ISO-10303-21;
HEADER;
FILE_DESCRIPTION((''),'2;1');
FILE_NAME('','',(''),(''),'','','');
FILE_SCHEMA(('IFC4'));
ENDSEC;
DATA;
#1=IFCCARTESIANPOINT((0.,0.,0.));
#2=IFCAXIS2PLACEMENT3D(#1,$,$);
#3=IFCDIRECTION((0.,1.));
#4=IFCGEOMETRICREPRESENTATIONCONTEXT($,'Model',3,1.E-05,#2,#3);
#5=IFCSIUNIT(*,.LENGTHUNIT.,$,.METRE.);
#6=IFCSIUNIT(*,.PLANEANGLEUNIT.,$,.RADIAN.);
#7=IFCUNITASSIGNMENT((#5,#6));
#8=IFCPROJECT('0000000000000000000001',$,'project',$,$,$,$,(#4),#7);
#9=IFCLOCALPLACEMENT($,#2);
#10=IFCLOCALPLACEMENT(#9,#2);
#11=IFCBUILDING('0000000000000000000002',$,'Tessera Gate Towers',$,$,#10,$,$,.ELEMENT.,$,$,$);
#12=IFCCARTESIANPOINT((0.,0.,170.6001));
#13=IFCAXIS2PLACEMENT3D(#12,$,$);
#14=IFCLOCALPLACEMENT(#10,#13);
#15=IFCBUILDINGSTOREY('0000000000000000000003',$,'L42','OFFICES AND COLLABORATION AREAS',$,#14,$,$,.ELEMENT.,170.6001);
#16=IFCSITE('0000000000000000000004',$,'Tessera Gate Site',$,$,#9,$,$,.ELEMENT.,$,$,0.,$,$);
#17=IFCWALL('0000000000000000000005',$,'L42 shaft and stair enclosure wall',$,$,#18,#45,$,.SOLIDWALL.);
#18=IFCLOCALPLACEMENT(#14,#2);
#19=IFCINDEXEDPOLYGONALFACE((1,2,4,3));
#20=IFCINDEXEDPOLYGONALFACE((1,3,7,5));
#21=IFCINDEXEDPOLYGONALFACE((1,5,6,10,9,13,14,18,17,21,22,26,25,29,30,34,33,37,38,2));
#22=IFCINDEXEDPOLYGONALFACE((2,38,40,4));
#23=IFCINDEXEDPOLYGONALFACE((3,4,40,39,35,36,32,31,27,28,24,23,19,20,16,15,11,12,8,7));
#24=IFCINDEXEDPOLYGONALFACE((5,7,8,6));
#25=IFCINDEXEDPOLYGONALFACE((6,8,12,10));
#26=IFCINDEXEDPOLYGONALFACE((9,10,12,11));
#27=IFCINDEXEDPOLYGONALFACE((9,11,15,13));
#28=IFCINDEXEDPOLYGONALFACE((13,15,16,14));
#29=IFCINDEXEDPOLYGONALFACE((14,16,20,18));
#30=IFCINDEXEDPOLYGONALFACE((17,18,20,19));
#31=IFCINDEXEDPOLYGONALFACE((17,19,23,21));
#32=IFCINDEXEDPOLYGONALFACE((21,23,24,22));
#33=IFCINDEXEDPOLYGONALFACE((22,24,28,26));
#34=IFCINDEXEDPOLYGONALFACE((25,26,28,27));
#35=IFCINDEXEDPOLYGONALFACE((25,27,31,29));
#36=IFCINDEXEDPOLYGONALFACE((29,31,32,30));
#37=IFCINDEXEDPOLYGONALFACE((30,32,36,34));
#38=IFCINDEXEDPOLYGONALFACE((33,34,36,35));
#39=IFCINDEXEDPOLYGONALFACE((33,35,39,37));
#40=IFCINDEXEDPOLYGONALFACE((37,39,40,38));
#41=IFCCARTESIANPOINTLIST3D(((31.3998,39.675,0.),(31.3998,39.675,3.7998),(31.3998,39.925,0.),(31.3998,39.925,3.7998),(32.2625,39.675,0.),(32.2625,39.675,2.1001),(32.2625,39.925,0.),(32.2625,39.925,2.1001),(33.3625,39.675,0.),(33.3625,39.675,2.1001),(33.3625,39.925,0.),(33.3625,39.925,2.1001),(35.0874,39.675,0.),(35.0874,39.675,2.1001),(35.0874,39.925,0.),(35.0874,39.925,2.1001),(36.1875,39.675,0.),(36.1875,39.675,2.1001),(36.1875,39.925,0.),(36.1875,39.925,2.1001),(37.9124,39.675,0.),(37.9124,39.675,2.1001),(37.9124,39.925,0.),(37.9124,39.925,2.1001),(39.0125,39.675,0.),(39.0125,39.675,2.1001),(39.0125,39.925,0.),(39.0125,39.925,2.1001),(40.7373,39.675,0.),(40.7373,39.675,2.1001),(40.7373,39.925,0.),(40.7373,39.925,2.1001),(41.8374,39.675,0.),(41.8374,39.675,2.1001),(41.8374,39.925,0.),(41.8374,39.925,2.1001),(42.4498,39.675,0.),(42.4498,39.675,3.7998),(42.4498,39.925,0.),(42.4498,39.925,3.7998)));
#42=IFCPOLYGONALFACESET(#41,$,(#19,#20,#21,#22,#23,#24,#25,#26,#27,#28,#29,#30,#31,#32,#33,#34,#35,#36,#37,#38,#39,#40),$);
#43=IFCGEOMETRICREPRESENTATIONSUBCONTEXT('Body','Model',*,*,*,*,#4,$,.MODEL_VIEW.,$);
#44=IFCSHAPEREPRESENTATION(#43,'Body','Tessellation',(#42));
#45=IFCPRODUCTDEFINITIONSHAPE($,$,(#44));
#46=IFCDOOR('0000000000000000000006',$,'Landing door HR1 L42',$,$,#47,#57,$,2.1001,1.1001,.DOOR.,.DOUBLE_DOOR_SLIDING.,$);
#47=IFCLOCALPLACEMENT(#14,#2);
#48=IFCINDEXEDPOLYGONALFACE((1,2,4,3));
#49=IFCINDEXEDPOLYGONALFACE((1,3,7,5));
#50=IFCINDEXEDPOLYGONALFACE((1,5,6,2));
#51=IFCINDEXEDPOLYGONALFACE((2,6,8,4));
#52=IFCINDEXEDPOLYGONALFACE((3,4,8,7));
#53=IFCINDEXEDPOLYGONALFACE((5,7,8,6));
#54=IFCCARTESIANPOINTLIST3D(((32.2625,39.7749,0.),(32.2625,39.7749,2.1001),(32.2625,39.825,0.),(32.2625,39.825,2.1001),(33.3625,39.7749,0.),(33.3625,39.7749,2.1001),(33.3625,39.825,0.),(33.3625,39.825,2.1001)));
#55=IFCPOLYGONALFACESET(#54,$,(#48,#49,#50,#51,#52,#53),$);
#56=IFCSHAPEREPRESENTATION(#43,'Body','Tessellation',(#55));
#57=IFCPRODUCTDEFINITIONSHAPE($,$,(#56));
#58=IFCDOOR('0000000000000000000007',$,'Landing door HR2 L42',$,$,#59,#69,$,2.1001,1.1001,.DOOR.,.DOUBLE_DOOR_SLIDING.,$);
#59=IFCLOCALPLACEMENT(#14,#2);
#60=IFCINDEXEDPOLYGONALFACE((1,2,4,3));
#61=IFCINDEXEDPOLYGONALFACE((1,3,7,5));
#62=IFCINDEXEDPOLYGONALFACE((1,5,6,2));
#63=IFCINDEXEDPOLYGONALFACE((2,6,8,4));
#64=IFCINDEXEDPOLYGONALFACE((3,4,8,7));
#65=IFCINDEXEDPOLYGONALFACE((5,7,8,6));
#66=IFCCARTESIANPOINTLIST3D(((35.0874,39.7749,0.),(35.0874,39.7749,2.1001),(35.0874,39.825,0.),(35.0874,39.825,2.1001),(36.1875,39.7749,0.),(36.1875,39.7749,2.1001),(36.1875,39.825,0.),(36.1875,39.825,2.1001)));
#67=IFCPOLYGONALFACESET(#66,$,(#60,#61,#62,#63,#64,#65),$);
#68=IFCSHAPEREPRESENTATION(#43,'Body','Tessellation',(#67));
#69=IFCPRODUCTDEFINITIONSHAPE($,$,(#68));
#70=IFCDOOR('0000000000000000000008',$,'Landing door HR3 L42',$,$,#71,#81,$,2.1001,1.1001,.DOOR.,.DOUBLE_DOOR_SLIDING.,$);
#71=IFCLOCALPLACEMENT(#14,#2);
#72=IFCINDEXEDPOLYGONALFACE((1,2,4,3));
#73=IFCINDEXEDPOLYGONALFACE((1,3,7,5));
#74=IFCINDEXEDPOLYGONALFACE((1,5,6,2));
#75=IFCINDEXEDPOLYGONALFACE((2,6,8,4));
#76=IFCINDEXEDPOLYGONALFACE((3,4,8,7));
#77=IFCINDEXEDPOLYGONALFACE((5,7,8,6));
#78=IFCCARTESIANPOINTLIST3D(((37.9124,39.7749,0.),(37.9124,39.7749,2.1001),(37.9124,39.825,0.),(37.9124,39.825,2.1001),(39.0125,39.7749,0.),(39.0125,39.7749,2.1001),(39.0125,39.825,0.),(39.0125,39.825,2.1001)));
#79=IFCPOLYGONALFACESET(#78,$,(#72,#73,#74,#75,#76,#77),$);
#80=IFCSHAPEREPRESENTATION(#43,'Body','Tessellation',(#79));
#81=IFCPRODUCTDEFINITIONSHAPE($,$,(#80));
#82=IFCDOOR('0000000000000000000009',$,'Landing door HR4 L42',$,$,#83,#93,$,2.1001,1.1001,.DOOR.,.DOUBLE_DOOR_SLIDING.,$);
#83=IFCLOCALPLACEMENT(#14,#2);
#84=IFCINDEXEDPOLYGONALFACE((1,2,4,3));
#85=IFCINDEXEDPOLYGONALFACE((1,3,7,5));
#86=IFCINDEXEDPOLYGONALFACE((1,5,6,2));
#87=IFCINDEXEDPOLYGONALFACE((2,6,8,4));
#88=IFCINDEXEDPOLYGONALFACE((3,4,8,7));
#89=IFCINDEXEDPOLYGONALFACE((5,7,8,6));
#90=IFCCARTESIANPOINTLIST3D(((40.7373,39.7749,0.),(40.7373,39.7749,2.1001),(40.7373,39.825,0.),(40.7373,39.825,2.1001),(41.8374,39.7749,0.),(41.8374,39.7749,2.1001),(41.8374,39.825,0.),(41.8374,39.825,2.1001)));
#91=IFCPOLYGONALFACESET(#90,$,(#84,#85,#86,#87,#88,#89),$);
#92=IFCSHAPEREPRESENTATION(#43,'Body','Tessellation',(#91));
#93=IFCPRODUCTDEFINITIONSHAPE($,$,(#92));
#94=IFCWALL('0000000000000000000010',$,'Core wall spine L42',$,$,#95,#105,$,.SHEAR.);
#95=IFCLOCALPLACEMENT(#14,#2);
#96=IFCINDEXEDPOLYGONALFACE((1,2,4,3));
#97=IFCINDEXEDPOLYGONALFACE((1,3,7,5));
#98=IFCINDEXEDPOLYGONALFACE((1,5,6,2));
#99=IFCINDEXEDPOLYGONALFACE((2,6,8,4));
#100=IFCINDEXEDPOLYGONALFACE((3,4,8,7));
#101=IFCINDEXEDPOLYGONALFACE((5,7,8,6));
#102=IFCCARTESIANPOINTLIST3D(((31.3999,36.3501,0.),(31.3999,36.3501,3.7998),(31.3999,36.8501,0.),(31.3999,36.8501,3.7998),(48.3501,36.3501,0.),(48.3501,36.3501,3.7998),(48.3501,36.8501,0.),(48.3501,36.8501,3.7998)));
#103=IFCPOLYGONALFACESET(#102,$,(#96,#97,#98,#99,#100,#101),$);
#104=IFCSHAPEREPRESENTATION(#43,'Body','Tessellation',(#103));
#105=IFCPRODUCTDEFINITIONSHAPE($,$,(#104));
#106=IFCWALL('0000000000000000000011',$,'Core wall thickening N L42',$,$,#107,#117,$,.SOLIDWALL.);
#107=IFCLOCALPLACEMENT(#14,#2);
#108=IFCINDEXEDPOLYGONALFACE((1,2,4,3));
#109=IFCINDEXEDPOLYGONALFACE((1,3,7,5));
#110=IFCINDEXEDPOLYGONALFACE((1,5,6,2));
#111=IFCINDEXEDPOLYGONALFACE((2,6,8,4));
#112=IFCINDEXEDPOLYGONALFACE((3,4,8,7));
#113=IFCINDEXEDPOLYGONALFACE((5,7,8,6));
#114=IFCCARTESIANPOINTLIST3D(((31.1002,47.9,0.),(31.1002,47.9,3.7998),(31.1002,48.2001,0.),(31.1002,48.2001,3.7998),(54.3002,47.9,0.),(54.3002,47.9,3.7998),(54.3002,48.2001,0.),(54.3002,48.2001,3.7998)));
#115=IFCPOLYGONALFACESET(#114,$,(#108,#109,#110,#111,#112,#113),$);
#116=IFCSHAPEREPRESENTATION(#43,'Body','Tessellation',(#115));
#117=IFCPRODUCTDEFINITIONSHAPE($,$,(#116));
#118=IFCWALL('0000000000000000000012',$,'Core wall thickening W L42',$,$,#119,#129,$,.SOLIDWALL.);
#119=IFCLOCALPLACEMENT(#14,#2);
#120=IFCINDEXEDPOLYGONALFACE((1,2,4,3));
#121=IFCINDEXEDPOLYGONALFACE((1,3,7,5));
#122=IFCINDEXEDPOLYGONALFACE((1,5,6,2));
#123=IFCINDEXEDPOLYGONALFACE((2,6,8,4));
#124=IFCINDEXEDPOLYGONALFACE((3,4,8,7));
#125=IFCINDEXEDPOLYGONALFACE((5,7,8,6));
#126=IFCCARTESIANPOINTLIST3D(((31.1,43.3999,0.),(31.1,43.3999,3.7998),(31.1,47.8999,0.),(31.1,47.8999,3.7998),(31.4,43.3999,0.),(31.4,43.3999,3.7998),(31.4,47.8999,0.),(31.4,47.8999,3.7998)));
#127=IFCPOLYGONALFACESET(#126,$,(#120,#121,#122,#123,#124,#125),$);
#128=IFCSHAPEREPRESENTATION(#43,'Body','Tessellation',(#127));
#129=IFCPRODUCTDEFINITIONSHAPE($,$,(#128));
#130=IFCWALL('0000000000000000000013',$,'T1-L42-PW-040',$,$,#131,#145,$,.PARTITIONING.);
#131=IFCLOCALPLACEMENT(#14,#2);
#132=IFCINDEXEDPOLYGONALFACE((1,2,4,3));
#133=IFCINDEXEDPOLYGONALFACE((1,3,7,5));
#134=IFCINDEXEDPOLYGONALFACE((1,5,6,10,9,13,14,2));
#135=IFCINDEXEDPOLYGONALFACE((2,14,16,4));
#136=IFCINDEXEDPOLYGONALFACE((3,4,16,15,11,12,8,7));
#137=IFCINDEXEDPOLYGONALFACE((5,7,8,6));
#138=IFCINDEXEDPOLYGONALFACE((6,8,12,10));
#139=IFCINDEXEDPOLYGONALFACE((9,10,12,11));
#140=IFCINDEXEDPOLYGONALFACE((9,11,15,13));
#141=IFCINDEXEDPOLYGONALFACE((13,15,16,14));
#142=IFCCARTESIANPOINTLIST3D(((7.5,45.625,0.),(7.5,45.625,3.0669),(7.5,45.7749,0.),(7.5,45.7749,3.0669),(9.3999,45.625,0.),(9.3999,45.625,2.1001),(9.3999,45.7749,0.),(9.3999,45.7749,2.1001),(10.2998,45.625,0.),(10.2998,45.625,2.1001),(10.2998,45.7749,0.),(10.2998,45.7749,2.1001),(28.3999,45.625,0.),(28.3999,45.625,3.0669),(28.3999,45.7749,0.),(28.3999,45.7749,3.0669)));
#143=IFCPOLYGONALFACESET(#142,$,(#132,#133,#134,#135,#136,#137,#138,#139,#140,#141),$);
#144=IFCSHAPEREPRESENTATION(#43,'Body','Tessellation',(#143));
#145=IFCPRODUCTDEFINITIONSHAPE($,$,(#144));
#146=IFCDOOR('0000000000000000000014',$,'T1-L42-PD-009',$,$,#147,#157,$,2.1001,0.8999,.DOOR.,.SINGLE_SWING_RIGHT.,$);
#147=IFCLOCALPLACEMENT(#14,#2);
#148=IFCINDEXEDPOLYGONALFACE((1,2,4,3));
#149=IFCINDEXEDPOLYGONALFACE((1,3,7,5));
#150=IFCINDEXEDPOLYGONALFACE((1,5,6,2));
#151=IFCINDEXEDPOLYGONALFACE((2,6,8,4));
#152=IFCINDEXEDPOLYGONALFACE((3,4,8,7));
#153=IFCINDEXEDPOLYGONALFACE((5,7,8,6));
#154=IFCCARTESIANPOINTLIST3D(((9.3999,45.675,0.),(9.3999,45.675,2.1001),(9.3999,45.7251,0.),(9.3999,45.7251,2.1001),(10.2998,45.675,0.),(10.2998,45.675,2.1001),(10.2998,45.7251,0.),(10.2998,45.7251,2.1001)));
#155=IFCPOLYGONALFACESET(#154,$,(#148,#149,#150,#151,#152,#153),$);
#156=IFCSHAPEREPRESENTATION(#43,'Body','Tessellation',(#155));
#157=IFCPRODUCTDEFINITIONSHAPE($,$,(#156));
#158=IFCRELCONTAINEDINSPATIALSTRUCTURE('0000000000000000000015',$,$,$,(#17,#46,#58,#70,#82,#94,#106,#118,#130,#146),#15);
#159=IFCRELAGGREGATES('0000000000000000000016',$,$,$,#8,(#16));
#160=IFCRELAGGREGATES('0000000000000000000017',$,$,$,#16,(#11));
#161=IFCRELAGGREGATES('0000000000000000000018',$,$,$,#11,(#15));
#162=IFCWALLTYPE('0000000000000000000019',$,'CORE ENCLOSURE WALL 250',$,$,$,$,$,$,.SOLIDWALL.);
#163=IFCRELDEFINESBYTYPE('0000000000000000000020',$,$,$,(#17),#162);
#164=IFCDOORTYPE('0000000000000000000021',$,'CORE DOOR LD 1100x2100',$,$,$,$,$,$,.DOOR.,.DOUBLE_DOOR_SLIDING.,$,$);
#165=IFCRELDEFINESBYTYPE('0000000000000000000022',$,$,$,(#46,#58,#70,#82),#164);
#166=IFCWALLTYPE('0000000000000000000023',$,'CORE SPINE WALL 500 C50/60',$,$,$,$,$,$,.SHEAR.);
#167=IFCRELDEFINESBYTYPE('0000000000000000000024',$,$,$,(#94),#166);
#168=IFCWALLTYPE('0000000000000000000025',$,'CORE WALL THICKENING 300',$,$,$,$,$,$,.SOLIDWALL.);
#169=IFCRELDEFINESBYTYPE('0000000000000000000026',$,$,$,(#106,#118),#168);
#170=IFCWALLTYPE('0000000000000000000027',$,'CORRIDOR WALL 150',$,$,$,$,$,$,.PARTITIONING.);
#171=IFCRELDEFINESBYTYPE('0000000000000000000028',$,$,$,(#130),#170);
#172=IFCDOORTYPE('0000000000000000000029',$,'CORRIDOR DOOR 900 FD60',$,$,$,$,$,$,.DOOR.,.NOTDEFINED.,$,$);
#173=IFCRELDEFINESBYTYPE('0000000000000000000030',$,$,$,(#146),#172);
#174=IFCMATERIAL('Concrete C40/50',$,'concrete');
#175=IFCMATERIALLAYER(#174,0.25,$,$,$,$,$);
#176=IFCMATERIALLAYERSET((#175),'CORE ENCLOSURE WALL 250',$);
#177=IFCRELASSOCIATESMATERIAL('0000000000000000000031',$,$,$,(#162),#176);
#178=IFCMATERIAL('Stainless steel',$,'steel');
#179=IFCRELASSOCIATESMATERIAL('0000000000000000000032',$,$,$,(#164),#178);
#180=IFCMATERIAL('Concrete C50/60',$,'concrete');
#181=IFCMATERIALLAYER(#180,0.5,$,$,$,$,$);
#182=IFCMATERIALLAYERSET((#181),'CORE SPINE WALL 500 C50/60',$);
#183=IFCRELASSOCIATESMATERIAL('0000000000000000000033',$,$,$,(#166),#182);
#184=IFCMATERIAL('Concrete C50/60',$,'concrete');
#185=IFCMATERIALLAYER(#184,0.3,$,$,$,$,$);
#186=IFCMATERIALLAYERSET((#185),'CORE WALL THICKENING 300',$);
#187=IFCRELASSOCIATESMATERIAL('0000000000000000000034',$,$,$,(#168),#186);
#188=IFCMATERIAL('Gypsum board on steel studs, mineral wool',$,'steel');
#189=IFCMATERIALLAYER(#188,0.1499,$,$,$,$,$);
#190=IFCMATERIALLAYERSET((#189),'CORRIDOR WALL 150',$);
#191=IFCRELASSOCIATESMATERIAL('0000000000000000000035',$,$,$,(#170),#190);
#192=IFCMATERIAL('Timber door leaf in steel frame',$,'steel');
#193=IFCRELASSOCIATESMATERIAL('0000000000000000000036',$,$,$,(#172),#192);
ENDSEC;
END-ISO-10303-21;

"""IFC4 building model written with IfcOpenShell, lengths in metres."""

from ifc_helpers import new_model, si_unit, direction, frame, frame_2d, origin, place, context, subcontext, project, spatial, rectangle, extrude, source, transform, mapped, material, layer, layer_set, type_object, element, fill, save


model = new_model("IFC4")

# Units and contexts
model_context = context("Model", 3, precision=1e-05, world=origin(), true_north=direction((0.0, 1.0)))
body_context = subcontext(model_context, "Body", "Model", "MODEL_VIEW")
ifc_project = project(units=[si_unit("LENGTHUNIT", "METRE"), si_unit("PLANEANGLEUNIT", "RADIAN")], contexts=[model_context])

# Site, building, storey
site_placement = place(None, origin())
site = spatial("IfcSite", under=ifc_project, at=site_placement, Name="Tessera Gate Site", CompositionType="ELEMENT", RefElevation=0.0)
building_placement = place(site_placement, origin())
building = spatial("IfcBuilding", under=site, at=building_placement, Name="Tessera Gate Towers", CompositionType="ELEMENT")
storey_placement = place(building_placement, frame((0.0, 0.0, 170.6001)))
storey = spatial("IfcBuildingStorey", under=building, at=storey_placement, Name="L42", Description="OFFICES AND COLLABORATION AREAS", CompositionType="ELEMENT", Elevation=170.6001)

# Wall, openings, doors
ifc_material_1 = material(Name="Concrete C40/50", Category="concrete")
ifc_layer_1 = layer(ifc_material_1, 0.25)
ifc_layer_set_1 = layer_set([ifc_layer_1], Name="CORE ENCLOSURE WALL 250")
wall_type_1 = type_object("IfcWallType", Name="CORE ENCLOSURE WALL 250", PredefinedType="SOLIDWALL", material=ifc_layer_set_1)
wall_1_placement = place(storey_placement, frame((31.3999, 39.8, 0.0), z_axis=(0.0, 0.0, 1.0), x_axis=(1.0, 0.0, 0.0)))
wall_1 = element("IfcWall", 1, at=wall_1_placement, inside=storey, type_object=wall_type_1, Name="L42 shaft and stair enclosure wall", PredefinedType="SOLIDWALL", context=body_context, shape_type="SweptSolid", body=[
    extrude(rectangle(XDim=11.05, YDim=0.25, at=frame_2d((5.5249, 0.0))), origin(), (0.0, 0.0, 1.0), 3.7998),
])
shared_shape_1 = source(origin(), body_context, "Body", "SweptSolid", [
    extrude(rectangle(XDim=1.1001, YDim=2.1001, at=frame_2d((0.55, 1.05))), frame((0.0, 0.135, 0.0), z_axis=(0.0, -1.0, 0.0), x_axis=(1.0, 0.0, 0.0)), (0.0, 0.0, 1.0), 0.27),
])
opening_1_placement = place(wall_1_placement, frame((0.8625, 0.0, 0.0)))
opening_1 = element("IfcOpeningElement", 2, at=opening_1_placement, cuts=wall_1, PredefinedType="OPENING", context=body_context, shape_type="MappedRepresentation", body=[
    mapped(shared_shape_1, transform((0.0, 0.0, 0.0), scale=1.0)),
])
opening_2_placement = place(wall_1_placement, frame((3.6875, 0.0, 0.0)))
opening_2 = element("IfcOpeningElement", 3, at=opening_2_placement, cuts=wall_1, PredefinedType="OPENING", context=body_context, shape_type="MappedRepresentation", body=[
    mapped(shared_shape_1, transform((0.0, 0.0, 0.0), scale=1.0)),
])
opening_3_placement = place(wall_1_placement, frame((6.5125, 0.0, 0.0)))
opening_3 = element("IfcOpeningElement", 4, at=opening_3_placement, cuts=wall_1, PredefinedType="OPENING", context=body_context, shape_type="MappedRepresentation", body=[
    mapped(shared_shape_1, transform((0.0, 0.0, 0.0), scale=1.0)),
])
opening_4_placement = place(wall_1_placement, frame((9.3374, 0.0, 0.0)))
opening_4 = element("IfcOpeningElement", 5, at=opening_4_placement, cuts=wall_1, PredefinedType="OPENING", context=body_context, shape_type="MappedRepresentation", body=[
    mapped(shared_shape_1, transform((0.0, 0.0, 0.0), scale=1.0)),
])
ifc_material_2 = material(Name="Stainless steel", Category="steel")
door_type_1 = type_object("IfcDoorType", Name="CORE DOOR LD 1100x2100", OperationType="DOUBLE_DOOR_SLIDING", PredefinedType="DOOR", material=ifc_material_2)
shared_shape_2 = source(origin(), body_context, "Body", "SweptSolid", [
    extrude(rectangle(XDim=1.1001, YDim=2.1001, at=frame_2d((0.55, 1.05))), frame((0.0, 0.0249, 0.0), z_axis=(0.0, -1.0, 0.0), x_axis=(1.0, 0.0, 0.0)), (0.0, 0.0, 1.0), 0.05),
])
door_1_placement = place(opening_1_placement, origin())
door_1 = element("IfcDoor", 6, at=door_1_placement, inside=storey, type_object=door_type_1, Name="Landing door HR1 L42", OperationType="DOUBLE_DOOR_SLIDING", OverallHeight=2.1001, OverallWidth=1.1001, PredefinedType="DOOR", context=body_context, shape_type="MappedRepresentation", body=[
    mapped(shared_shape_2, transform((0.0, 0.0, 0.0), scale=1.0)),
])
fill(opening_1, door_1)
door_2_placement = place(opening_2_placement, origin())
door_2 = element("IfcDoor", 7, at=door_2_placement, inside=storey, type_object=door_type_1, Name="Landing door HR2 L42", OperationType="DOUBLE_DOOR_SLIDING", OverallHeight=2.1001, OverallWidth=1.1001, PredefinedType="DOOR", context=body_context, shape_type="MappedRepresentation", body=[
    mapped(shared_shape_2, transform((0.0, 0.0, 0.0), scale=1.0)),
])
fill(opening_2, door_2)
door_3_placement = place(opening_3_placement, origin())
door_3 = element("IfcDoor", 8, at=door_3_placement, inside=storey, type_object=door_type_1, Name="Landing door HR3 L42", OperationType="DOUBLE_DOOR_SLIDING", OverallHeight=2.1001, OverallWidth=1.1001, PredefinedType="DOOR", context=body_context, shape_type="MappedRepresentation", body=[
    mapped(shared_shape_2, transform((0.0, 0.0, 0.0), scale=1.0)),
])
fill(opening_3, door_3)
door_4_placement = place(opening_4_placement, origin())
door_4 = element("IfcDoor", 9, at=door_4_placement, inside=storey, type_object=door_type_1, Name="Landing door HR4 L42", OperationType="DOUBLE_DOOR_SLIDING", OverallHeight=2.1001, OverallWidth=1.1001, PredefinedType="DOOR", context=body_context, shape_type="MappedRepresentation", body=[
    mapped(shared_shape_2, transform((0.0, 0.0, 0.0), scale=1.0)),
])
fill(opening_4, door_4)

# Walls
ifc_material_3 = material(Name="Concrete C50/60", Category="concrete")
ifc_layer_2 = layer(ifc_material_3, 0.5)
ifc_layer_set_2 = layer_set([ifc_layer_2], Name="CORE SPINE WALL 500 C50/60")
wall_type_2 = type_object("IfcWallType", Name="CORE SPINE WALL 500 C50/60", PredefinedType="SHEAR", material=ifc_layer_set_2)
wall_2_placement = place(storey_placement, frame((31.3999, 36.6001, 0.0), z_axis=(0.0, 0.0, 1.0), x_axis=(1.0, 0.0, 0.0)))
element("IfcWall", 10, at=wall_2_placement, inside=storey, type_object=wall_type_2, Name="Core wall spine L42", PredefinedType="SHEAR", context=body_context, shape_type="SweptSolid", body=[
    extrude(rectangle(XDim=16.9502, YDim=0.5, at=frame_2d((8.4751, 0.0))), origin(), (0.0, 0.0, 1.0), 3.7998),
])
ifc_material_4 = material(Name="Concrete C50/60", Category="concrete")
ifc_layer_3 = layer(ifc_material_4, 0.3)
ifc_layer_set_3 = layer_set([ifc_layer_3], Name="CORE WALL THICKENING 300")
wall_type_3 = type_object("IfcWallType", Name="CORE WALL THICKENING 300", PredefinedType="SOLIDWALL", material=ifc_layer_set_3)
wall_3_placement = place(storey_placement, frame((31.1001, 48.05, 0.0), z_axis=(0.0, 0.0, 1.0), x_axis=(1.0, 0.0, 0.0)))
element("IfcWall", 11, at=wall_3_placement, inside=storey, type_object=wall_type_3, Name="Core wall thickening N L42", PredefinedType="SOLIDWALL", context=body_context, shape_type="SweptSolid", body=[
    extrude(rectangle(XDim=23.2, YDim=0.3, at=frame_2d((11.6001, 0.0))), origin(), (0.0, 0.0, 1.0), 3.7998),
])
wall_4_placement = place(storey_placement, frame((31.25, 43.3999, 0.0), z_axis=(0.0, 0.0, 1.0), x_axis=(0.0, 1.0, 0.0)))
element("IfcWall", 12, at=wall_4_placement, inside=storey, type_object=wall_type_3, Name="Core wall thickening W L42", PredefinedType="SOLIDWALL", context=body_context, shape_type="SweptSolid", body=[
    extrude(rectangle(XDim=4.5, YDim=0.3, at=frame_2d((2.25, 0.0))), origin(), (0.0, 0.0, 1.0), 3.7998),
])

# Wall, opening, door
ifc_material_5 = material(Name="Gypsum board on steel studs, mineral wool", Category="steel")
ifc_layer_4 = layer(ifc_material_5, 0.1499)
ifc_layer_set_4 = layer_set([ifc_layer_4], Name="CORRIDOR WALL 150")
wall_type_4 = type_object("IfcWallType", Name="CORRIDOR WALL 150", PredefinedType="PARTITIONING", material=ifc_layer_set_4)
wall_5_placement = place(storey_placement, frame((28.3999, 45.7, 0.0), z_axis=(0.0, 0.0, 1.0), x_axis=(-1.0, 0.0, 0.0)))
wall_5 = element("IfcWall", 13, at=wall_5_placement, inside=storey, type_object=wall_type_4, Name="T1-L42-PW-040", PredefinedType="PARTITIONING", context=body_context, shape_type="SweptSolid", body=[
    extrude(rectangle(XDim=20.8999, YDim=0.1499, at=frame_2d((10.45, 0.0))), origin(), (0.0, 0.0, 1.0), 3.0669),
])
shared_shape_3 = source(origin(), body_context, "Body", "SweptSolid", [
    extrude(rectangle(XDim=0.8999, YDim=2.1001, at=frame_2d((0.45, 1.05))), frame((0.0, 0.085, 0.0), z_axis=(0.0, -1.0, 0.0), x_axis=(1.0, 0.0, 0.0)), (0.0, 0.0, 1.0), 0.1699),
])
opening_5_placement = place(wall_5_placement, frame((18.1001, 0.0, 0.0)))
opening_5 = element("IfcOpeningElement", 14, at=opening_5_placement, cuts=wall_5, PredefinedType="OPENING", context=body_context, shape_type="MappedRepresentation", body=[
    mapped(shared_shape_3, transform((0.0, 0.0, 0.0), scale=1.0)),
])
ifc_material_6 = material(Name="Timber door leaf in steel frame", Category="steel")
door_type_2 = type_object("IfcDoorType", Name="CORRIDOR DOOR 900 FD60", OperationType="NOTDEFINED", PredefinedType="DOOR", material=ifc_material_6)
shared_shape_4 = source(origin(), body_context, "Body", "SweptSolid", [
    extrude(rectangle(XDim=0.8999, YDim=2.1001, at=frame_2d((0.45, 1.05))), frame((0.0, 0.0249, 0.0), z_axis=(0.0, -1.0, 0.0), x_axis=(1.0, 0.0, 0.0)), (0.0, 0.0, 1.0), 0.05),
])
door_5_placement = place(opening_5_placement, origin())
door_5 = element("IfcDoor", 15, at=door_5_placement, inside=storey, type_object=door_type_2, Name="T1-L42-PD-009", OperationType="SINGLE_SWING_RIGHT", OverallHeight=2.1001, OverallWidth=0.8999, PredefinedType="DOOR", context=body_context, shape_type="MappedRepresentation", body=[
    mapped(shared_shape_4, transform((0.0, 0.0, 0.0), scale=1.0)),
])
fill(opening_5, door_5)

save(model, "model.ifc")
